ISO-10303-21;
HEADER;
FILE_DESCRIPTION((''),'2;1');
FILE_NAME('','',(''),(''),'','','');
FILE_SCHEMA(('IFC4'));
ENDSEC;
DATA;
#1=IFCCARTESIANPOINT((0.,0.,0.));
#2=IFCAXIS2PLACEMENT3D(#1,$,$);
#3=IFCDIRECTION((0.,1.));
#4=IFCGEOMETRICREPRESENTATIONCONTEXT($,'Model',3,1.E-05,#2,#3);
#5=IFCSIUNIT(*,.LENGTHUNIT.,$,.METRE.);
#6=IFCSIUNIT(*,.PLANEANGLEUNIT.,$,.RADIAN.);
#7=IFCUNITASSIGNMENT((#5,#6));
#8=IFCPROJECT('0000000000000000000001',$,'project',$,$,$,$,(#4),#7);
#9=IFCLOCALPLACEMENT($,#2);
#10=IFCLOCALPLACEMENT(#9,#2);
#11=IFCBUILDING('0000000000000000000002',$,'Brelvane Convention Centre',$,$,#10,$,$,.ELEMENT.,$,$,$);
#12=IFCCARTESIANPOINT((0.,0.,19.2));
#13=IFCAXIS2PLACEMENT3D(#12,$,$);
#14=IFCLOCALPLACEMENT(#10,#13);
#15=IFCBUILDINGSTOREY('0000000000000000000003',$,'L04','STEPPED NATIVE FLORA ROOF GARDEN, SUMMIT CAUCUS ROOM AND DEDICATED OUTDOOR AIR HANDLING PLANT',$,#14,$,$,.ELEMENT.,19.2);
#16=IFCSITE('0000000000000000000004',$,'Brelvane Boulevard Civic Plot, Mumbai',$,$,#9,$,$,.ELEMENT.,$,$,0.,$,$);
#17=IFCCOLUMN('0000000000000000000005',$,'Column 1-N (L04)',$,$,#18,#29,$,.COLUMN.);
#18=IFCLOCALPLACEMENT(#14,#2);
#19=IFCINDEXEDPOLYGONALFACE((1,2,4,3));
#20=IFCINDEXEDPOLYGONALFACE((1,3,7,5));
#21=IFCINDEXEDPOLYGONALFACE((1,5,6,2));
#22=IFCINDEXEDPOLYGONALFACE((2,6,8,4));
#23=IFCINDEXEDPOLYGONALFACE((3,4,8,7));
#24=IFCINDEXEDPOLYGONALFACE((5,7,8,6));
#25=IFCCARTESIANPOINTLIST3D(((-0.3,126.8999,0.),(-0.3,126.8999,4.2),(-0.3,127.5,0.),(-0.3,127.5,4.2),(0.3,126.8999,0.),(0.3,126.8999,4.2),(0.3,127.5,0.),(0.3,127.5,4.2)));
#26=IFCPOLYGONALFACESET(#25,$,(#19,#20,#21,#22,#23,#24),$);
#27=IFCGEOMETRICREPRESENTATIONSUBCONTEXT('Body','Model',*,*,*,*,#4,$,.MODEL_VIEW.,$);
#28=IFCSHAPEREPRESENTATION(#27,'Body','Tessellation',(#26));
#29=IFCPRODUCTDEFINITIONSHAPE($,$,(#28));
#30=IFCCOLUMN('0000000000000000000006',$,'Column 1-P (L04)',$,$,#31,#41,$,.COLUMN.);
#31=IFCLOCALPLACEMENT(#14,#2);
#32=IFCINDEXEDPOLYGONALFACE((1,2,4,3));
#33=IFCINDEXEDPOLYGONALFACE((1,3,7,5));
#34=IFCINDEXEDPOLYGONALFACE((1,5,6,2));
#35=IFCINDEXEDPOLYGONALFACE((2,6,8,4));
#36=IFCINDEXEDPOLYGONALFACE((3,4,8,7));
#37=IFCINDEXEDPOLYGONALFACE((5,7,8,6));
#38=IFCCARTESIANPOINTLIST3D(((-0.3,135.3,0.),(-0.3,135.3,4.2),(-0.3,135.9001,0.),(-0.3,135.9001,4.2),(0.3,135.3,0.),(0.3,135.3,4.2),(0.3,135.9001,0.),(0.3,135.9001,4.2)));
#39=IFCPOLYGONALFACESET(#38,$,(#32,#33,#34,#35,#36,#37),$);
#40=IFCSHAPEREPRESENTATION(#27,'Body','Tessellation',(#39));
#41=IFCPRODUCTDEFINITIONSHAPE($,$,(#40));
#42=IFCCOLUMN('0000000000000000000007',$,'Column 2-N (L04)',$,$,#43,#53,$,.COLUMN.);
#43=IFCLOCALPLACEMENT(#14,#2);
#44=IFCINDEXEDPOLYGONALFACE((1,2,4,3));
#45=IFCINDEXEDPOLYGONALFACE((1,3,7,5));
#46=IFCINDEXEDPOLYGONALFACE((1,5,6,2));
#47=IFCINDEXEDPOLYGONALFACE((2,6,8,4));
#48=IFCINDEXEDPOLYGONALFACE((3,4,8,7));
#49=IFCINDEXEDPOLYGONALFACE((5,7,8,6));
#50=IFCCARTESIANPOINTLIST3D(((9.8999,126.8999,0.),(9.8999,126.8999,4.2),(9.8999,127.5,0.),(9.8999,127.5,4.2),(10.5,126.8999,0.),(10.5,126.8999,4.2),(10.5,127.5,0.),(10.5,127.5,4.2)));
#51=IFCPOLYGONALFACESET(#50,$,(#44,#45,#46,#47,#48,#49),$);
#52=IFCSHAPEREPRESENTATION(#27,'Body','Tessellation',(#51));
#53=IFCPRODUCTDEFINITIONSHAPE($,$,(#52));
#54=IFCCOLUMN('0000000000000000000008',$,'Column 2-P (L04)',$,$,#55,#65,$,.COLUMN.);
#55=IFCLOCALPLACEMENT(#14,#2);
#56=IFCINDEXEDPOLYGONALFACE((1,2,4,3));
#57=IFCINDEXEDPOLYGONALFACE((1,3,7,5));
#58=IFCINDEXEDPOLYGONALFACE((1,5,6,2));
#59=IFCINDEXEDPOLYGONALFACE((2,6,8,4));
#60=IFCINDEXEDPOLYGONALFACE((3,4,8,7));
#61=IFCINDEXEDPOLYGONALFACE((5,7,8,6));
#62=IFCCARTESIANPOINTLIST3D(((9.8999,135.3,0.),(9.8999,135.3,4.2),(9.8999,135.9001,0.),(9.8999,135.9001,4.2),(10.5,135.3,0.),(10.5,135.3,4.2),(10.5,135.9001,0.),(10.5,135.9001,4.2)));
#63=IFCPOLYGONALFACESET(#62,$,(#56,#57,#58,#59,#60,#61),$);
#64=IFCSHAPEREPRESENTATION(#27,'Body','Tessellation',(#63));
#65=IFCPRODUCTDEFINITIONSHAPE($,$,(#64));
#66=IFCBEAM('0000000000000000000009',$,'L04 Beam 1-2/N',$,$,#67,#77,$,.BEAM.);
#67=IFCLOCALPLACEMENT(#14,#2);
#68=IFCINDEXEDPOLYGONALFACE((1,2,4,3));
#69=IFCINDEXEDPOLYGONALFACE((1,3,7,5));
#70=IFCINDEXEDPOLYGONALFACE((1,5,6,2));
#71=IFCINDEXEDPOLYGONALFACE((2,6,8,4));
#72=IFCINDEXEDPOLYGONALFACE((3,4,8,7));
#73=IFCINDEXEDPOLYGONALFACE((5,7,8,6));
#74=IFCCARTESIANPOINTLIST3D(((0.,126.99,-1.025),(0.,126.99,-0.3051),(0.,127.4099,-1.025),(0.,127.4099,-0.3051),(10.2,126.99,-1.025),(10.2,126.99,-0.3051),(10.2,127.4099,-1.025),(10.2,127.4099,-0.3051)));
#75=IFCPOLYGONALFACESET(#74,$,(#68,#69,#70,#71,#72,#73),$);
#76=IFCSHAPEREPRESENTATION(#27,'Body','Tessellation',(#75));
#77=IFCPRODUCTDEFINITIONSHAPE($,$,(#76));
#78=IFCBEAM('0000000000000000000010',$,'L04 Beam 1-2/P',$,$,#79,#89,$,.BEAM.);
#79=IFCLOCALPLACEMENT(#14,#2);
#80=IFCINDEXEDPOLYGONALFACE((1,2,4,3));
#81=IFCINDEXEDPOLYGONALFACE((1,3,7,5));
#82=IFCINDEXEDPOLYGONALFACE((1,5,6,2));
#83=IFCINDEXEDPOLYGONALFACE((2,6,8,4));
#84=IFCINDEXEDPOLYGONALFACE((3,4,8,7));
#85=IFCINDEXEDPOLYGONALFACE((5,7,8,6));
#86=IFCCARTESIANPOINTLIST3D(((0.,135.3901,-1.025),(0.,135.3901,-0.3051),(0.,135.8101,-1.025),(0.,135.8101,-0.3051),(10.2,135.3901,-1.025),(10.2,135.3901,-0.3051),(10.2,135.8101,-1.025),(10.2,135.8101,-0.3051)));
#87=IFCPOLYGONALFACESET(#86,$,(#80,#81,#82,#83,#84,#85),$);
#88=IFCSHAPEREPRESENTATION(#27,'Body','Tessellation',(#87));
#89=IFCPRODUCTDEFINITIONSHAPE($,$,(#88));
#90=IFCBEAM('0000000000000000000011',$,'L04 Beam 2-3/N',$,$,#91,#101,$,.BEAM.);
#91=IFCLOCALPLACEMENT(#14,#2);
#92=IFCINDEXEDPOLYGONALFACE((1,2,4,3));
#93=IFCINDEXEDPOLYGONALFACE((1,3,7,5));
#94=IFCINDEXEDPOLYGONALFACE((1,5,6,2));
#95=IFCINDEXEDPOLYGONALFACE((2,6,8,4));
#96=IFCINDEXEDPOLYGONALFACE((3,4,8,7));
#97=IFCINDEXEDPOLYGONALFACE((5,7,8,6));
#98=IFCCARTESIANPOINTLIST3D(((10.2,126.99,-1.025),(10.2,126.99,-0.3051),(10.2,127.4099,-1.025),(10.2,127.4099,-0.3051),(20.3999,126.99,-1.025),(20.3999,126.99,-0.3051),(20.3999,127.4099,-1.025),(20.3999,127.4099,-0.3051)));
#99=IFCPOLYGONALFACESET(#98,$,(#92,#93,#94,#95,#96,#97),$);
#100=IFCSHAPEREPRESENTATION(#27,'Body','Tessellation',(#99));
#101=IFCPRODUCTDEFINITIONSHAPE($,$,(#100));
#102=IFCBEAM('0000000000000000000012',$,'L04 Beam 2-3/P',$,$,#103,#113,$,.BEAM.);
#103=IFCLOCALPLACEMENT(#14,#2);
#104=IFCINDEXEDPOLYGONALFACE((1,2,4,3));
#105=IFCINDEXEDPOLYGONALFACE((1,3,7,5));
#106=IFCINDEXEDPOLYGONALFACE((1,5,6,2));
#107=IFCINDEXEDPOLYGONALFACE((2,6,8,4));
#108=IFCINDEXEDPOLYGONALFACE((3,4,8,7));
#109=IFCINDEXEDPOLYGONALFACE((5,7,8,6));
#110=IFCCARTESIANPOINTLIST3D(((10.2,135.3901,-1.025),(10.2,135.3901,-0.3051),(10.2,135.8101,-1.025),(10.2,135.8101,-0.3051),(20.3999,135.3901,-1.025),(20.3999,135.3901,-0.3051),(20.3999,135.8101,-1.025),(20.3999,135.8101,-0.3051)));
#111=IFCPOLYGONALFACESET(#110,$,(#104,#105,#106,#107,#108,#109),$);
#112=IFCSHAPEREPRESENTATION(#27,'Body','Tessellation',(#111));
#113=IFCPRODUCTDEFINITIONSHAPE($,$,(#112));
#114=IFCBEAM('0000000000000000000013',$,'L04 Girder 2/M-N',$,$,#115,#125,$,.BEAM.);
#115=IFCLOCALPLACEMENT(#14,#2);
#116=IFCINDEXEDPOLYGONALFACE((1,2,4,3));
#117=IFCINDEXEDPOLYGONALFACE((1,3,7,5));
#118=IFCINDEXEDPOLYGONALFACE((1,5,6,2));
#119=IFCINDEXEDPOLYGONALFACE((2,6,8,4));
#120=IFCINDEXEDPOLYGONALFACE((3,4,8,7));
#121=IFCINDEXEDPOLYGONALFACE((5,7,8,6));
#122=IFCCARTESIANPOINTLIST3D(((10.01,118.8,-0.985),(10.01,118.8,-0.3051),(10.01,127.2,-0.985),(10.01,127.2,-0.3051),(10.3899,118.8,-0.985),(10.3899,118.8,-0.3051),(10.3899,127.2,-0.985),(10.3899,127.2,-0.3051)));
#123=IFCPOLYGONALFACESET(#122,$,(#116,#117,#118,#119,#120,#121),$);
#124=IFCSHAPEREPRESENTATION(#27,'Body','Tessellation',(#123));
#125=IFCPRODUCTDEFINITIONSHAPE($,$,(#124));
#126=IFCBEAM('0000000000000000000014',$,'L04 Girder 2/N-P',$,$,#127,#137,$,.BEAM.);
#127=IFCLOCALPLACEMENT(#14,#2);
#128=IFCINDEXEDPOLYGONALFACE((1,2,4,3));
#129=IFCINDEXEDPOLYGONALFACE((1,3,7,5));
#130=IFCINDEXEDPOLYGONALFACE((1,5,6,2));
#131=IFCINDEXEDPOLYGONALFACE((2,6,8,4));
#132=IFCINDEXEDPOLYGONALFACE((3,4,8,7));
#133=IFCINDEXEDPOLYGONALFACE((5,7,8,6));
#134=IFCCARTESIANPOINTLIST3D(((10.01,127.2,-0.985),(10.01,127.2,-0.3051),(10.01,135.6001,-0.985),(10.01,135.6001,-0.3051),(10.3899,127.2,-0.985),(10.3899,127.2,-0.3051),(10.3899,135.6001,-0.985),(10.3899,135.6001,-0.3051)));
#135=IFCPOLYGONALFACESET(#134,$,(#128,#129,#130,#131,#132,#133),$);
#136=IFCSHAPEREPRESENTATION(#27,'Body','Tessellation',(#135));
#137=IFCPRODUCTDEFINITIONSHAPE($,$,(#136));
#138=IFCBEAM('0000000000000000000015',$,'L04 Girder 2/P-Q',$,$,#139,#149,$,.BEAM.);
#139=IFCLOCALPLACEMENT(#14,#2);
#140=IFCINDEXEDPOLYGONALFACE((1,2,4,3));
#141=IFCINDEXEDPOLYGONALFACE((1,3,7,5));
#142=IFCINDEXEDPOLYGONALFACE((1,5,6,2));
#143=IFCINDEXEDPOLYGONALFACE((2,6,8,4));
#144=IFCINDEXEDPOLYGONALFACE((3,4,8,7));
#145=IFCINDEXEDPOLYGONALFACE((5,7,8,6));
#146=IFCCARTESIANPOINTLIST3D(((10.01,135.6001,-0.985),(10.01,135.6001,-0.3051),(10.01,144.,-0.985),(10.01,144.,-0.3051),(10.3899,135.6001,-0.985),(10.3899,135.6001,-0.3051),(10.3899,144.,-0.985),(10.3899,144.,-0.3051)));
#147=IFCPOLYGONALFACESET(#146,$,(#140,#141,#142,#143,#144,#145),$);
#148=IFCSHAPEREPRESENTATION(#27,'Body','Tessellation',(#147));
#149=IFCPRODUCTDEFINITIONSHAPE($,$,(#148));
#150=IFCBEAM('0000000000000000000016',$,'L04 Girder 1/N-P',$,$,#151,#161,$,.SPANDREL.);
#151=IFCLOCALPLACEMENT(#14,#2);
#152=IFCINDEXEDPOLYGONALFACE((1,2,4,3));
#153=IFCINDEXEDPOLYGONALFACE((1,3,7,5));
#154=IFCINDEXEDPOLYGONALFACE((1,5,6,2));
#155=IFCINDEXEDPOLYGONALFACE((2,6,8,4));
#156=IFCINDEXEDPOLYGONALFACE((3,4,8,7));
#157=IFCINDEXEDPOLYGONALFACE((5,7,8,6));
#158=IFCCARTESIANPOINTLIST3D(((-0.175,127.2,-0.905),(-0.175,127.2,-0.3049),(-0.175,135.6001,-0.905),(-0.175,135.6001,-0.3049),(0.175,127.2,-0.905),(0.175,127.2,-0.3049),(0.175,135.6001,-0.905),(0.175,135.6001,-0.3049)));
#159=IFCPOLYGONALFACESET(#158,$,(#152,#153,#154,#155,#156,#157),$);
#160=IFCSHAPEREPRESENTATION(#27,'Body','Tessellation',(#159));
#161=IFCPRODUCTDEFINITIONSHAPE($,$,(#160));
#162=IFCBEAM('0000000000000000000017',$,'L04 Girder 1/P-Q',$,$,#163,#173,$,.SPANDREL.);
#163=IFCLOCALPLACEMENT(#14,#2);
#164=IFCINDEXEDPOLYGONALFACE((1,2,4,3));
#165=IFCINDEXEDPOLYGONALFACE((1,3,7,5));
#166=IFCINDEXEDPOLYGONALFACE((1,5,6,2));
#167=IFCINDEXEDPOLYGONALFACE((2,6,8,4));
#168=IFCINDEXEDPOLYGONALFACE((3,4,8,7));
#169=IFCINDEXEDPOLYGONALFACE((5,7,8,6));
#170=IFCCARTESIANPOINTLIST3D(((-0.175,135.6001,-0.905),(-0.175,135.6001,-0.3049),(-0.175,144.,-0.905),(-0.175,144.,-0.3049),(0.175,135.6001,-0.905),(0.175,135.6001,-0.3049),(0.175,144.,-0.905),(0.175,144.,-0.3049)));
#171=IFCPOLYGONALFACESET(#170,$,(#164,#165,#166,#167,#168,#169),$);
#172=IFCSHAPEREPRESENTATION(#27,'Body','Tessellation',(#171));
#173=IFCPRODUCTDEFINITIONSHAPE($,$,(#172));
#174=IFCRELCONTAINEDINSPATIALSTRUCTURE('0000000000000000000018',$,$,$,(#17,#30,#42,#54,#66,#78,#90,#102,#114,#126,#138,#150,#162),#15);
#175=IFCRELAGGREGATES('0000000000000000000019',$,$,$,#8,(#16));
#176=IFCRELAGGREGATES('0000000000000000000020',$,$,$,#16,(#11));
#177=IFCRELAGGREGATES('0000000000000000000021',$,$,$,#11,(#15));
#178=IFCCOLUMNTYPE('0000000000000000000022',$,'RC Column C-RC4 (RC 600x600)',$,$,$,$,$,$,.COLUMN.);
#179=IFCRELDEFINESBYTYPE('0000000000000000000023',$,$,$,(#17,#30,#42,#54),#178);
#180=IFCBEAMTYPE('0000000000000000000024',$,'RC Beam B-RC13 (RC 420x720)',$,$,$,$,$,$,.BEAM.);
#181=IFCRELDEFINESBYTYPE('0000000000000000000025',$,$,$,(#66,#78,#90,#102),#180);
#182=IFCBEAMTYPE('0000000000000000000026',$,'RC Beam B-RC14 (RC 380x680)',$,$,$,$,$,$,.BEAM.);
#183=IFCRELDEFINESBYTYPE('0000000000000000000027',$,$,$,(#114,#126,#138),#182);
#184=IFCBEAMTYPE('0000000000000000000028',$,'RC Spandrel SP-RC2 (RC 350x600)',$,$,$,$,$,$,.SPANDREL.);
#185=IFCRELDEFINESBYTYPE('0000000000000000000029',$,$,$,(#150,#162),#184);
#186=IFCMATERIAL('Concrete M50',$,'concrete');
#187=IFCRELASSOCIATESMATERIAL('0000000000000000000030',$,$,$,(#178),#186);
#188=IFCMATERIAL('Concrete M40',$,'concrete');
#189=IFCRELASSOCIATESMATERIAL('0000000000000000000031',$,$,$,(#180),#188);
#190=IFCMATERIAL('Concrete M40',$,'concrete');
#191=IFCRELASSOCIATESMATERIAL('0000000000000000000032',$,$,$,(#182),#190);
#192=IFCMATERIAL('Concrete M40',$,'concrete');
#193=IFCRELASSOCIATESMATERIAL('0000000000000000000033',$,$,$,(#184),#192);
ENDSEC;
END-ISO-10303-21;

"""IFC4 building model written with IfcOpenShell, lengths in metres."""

from ifc_helpers import new_model, si_unit, direction, frame, origin, origin_2d, place, context, subcontext, project, spatial, rectangle, extrude, material, material_profile, profile_set, type_object, element, save


model = new_model("IFC4")

# Units and contexts
model_context = context("Model", 3, precision=1e-05, world=origin(), true_north=direction((0.0, 1.0)))
body_context = subcontext(model_context, "Body", "Model", "MODEL_VIEW")
ifc_project = project(units=[si_unit("LENGTHUNIT", "METRE"), si_unit("PLANEANGLEUNIT", "RADIAN")], contexts=[model_context])

# Site, building, storey
site_placement = place(None, origin())
site = spatial("IfcSite", under=ifc_project, at=site_placement, Name="Brelvane Boulevard Civic Plot, Mumbai", CompositionType="ELEMENT", RefElevation=0.0)
building_placement = place(site_placement, origin())
building = spatial("IfcBuilding", under=site, at=building_placement, Name="Brelvane Convention Centre", CompositionType="ELEMENT")
storey_placement = place(building_placement, frame((0.0, 0.0, 19.2)))
storey = spatial("IfcBuildingStorey", under=building, at=storey_placement, Name="L04", Description="STEPPED NATIVE FLORA ROOF GARDEN, SUMMIT CAUCUS ROOM AND DEDICATED OUTDOOR AIR HANDLING PLANT", CompositionType="ELEMENT", Elevation=19.2)

# Columns
ifc_material_1 = material(Name="Concrete M50", Category="concrete")
ifc_material_profile_1 = material_profile(ifc_material_1, rectangle(XDim=0.6001, YDim=0.6001, at=origin_2d()), Name="RC 600x600")
ifc_profile_set_1 = profile_set([ifc_material_profile_1], Name="Concrete M50")
column_type = type_object("IfcColumnType", Name="RC Column C-RC4 (RC 600x600)", PredefinedType="COLUMN", material=ifc_profile_set_1)
for number, where, z_axis, x_axis, name in (
    (1, (0.0, 127.2, 0.0), (0.0, 0.0, 1.0), (1.0, 0.0, 0.0), "Column 1-N (L04)"),
    (2, (0.0, 135.6001, 0.0), (0.0, 0.0, 1.0), (1.0, 0.0, 0.0), "Column 1-P (L04)"),
    (3, (10.2, 127.2, 0.0), (0.0, 0.0, 1.0), (1.0, 0.0, 0.0), "Column 2-N (L04)"),
    (4, (10.2, 135.6001, 0.0), (0.0, 0.0, 1.0), (1.0, 0.0, 0.0), "Column 2-P (L04)"),
):
    element("IfcColumn", number, at=place(storey_placement, frame(where, z_axis=z_axis, x_axis=x_axis)), inside=storey, type_object=column_type, Name=name, PredefinedType="COLUMN", context=body_context, shape_type="SweptSolid", body=[
        extrude(rectangle(XDim=0.6001, YDim=0.6001, at=origin_2d()), origin(), (0.0, 0.0, 1.0), 4.2),
    ])

# Beams
ifc_material_2 = material(Name="Concrete M40", Category="concrete")
ifc_material_profile_2 = material_profile(ifc_material_2, rectangle(XDim=0.4199, YDim=0.72, at=origin_2d()), Name="RC 420x720")
ifc_profile_set_2 = profile_set([ifc_material_profile_2], Name="Concrete M40")
beam_type_1 = type_object("IfcBeamType", Name="RC Beam B-RC13 (RC 420x720)", PredefinedType="BEAM", material=ifc_profile_set_2)
for number, where, z_axis, x_axis, name in (
    (5, (0.0, 127.2, -0.665), (1.0, 0.0, 0.0), (0.0, 1.0, 0.0), "L04 Beam 1-2/N"),
    (6, (0.0, 135.6001, -0.665), (1.0, 0.0, 0.0), (0.0, 1.0, 0.0), "L04 Beam 1-2/P"),
    (7, (10.2, 127.2, -0.665), (1.0, 0.0, 0.0), (0.0, 1.0, 0.0), "L04 Beam 2-3/N"),
    (8, (10.2, 135.6001, -0.665), (1.0, 0.0, 0.0), (0.0, 1.0, 0.0), "L04 Beam 2-3/P"),
):
    element("IfcBeam", number, at=place(storey_placement, frame(where, z_axis=z_axis, x_axis=x_axis)), inside=storey, type_object=beam_type_1, Name=name, PredefinedType="BEAM", context=body_context, shape_type="SweptSolid", body=[
        extrude(rectangle(XDim=0.4199, YDim=0.72, at=origin_2d()), origin(), (0.0, 0.0, 1.0), 10.2),
    ])
ifc_material_3 = material(Name="Concrete M40", Category="concrete")
ifc_material_profile_3 = material_profile(ifc_material_3, rectangle(XDim=0.3799, YDim=0.6799, at=origin_2d()), Name="RC 380x680")
ifc_profile_set_3 = profile_set([ifc_material_profile_3], Name="Concrete M40")
beam_type_2 = type_object("IfcBeamType", Name="RC Beam B-RC14 (RC 380x680)", PredefinedType="BEAM", material=ifc_profile_set_3)
beam_1_placement = place(storey_placement, frame((10.2, 118.8, -0.645), z_axis=(0.0, 1.0, 0.0), x_axis=(-1.0, 0.0, 0.0)))
element("IfcBeam", 9, at=beam_1_placement, inside=storey, type_object=beam_type_2, Name="L04 Girder 2/M-N", PredefinedType="BEAM", context=body_context, shape_type="SweptSolid", body=[
    extrude(rectangle(XDim=0.3799, YDim=0.6799, at=origin_2d()), origin(), (0.0, 0.0, 1.0), 8.3999),
])
beam_2_placement = place(storey_placement, frame((10.2, 127.2, -0.645), z_axis=(0.0, 1.0, 0.0), x_axis=(-1.0, 0.0, 0.0)))
element("IfcBeam", 10, at=beam_2_placement, inside=storey, type_object=beam_type_2, Name="L04 Girder 2/N-P", PredefinedType="BEAM", context=body_context, shape_type="SweptSolid", body=[
    extrude(rectangle(XDim=0.3799, YDim=0.6799, at=origin_2d()), origin(), (0.0, 0.0, 1.0), 8.4001),
])
beam_3_placement = place(storey_placement, frame((10.2, 135.6001, -0.645), z_axis=(0.0, 1.0, 0.0), x_axis=(-1.0, 0.0, 0.0)))
element("IfcBeam", 11, at=beam_3_placement, inside=storey, type_object=beam_type_2, Name="L04 Girder 2/P-Q", PredefinedType="BEAM", context=body_context, shape_type="SweptSolid", body=[
    extrude(rectangle(XDim=0.3799, YDim=0.6799, at=origin_2d()), origin(), (0.0, 0.0, 1.0), 8.3999),
])
ifc_material_4 = material(Name="Concrete M40", Category="concrete")
ifc_material_profile_4 = material_profile(ifc_material_4, rectangle(XDim=0.3501, YDim=0.6001, at=origin_2d()), Name="RC 350x600")
ifc_profile_set_4 = profile_set([ifc_material_profile_4], Name="Concrete M40")
beam_type_3 = type_object("IfcBeamType", Name="RC Spandrel SP-RC2 (RC 350x600)", PredefinedType="SPANDREL", material=ifc_profile_set_4)
beam_4_placement = place(storey_placement, frame((0.0, 127.2, -0.605), z_axis=(0.0, 1.0, 0.0), x_axis=(-1.0, 0.0, 0.0)))
element("IfcBeam", 12, at=beam_4_placement, inside=storey, type_object=beam_type_3, Name="L04 Girder 1/N-P", PredefinedType="SPANDREL", context=body_context, shape_type="SweptSolid", body=[
    extrude(rectangle(XDim=0.3501, YDim=0.6001, at=origin_2d()), origin(), (0.0, 0.0, 1.0), 8.4001),
])
beam_5_placement = place(storey_placement, frame((0.0, 135.6001, -0.605), z_axis=(0.0, 1.0, 0.0), x_axis=(-1.0, 0.0, 0.0)))
element("IfcBeam", 13, at=beam_5_placement, inside=storey, type_object=beam_type_3, Name="L04 Girder 1/P-Q", PredefinedType="SPANDREL", context=body_context, shape_type="SweptSolid", body=[
    extrude(rectangle(XDim=0.3501, YDim=0.6001, at=origin_2d()), origin(), (0.0, 0.0, 1.0), 8.3999),
])

save(model, "model.ifc")
